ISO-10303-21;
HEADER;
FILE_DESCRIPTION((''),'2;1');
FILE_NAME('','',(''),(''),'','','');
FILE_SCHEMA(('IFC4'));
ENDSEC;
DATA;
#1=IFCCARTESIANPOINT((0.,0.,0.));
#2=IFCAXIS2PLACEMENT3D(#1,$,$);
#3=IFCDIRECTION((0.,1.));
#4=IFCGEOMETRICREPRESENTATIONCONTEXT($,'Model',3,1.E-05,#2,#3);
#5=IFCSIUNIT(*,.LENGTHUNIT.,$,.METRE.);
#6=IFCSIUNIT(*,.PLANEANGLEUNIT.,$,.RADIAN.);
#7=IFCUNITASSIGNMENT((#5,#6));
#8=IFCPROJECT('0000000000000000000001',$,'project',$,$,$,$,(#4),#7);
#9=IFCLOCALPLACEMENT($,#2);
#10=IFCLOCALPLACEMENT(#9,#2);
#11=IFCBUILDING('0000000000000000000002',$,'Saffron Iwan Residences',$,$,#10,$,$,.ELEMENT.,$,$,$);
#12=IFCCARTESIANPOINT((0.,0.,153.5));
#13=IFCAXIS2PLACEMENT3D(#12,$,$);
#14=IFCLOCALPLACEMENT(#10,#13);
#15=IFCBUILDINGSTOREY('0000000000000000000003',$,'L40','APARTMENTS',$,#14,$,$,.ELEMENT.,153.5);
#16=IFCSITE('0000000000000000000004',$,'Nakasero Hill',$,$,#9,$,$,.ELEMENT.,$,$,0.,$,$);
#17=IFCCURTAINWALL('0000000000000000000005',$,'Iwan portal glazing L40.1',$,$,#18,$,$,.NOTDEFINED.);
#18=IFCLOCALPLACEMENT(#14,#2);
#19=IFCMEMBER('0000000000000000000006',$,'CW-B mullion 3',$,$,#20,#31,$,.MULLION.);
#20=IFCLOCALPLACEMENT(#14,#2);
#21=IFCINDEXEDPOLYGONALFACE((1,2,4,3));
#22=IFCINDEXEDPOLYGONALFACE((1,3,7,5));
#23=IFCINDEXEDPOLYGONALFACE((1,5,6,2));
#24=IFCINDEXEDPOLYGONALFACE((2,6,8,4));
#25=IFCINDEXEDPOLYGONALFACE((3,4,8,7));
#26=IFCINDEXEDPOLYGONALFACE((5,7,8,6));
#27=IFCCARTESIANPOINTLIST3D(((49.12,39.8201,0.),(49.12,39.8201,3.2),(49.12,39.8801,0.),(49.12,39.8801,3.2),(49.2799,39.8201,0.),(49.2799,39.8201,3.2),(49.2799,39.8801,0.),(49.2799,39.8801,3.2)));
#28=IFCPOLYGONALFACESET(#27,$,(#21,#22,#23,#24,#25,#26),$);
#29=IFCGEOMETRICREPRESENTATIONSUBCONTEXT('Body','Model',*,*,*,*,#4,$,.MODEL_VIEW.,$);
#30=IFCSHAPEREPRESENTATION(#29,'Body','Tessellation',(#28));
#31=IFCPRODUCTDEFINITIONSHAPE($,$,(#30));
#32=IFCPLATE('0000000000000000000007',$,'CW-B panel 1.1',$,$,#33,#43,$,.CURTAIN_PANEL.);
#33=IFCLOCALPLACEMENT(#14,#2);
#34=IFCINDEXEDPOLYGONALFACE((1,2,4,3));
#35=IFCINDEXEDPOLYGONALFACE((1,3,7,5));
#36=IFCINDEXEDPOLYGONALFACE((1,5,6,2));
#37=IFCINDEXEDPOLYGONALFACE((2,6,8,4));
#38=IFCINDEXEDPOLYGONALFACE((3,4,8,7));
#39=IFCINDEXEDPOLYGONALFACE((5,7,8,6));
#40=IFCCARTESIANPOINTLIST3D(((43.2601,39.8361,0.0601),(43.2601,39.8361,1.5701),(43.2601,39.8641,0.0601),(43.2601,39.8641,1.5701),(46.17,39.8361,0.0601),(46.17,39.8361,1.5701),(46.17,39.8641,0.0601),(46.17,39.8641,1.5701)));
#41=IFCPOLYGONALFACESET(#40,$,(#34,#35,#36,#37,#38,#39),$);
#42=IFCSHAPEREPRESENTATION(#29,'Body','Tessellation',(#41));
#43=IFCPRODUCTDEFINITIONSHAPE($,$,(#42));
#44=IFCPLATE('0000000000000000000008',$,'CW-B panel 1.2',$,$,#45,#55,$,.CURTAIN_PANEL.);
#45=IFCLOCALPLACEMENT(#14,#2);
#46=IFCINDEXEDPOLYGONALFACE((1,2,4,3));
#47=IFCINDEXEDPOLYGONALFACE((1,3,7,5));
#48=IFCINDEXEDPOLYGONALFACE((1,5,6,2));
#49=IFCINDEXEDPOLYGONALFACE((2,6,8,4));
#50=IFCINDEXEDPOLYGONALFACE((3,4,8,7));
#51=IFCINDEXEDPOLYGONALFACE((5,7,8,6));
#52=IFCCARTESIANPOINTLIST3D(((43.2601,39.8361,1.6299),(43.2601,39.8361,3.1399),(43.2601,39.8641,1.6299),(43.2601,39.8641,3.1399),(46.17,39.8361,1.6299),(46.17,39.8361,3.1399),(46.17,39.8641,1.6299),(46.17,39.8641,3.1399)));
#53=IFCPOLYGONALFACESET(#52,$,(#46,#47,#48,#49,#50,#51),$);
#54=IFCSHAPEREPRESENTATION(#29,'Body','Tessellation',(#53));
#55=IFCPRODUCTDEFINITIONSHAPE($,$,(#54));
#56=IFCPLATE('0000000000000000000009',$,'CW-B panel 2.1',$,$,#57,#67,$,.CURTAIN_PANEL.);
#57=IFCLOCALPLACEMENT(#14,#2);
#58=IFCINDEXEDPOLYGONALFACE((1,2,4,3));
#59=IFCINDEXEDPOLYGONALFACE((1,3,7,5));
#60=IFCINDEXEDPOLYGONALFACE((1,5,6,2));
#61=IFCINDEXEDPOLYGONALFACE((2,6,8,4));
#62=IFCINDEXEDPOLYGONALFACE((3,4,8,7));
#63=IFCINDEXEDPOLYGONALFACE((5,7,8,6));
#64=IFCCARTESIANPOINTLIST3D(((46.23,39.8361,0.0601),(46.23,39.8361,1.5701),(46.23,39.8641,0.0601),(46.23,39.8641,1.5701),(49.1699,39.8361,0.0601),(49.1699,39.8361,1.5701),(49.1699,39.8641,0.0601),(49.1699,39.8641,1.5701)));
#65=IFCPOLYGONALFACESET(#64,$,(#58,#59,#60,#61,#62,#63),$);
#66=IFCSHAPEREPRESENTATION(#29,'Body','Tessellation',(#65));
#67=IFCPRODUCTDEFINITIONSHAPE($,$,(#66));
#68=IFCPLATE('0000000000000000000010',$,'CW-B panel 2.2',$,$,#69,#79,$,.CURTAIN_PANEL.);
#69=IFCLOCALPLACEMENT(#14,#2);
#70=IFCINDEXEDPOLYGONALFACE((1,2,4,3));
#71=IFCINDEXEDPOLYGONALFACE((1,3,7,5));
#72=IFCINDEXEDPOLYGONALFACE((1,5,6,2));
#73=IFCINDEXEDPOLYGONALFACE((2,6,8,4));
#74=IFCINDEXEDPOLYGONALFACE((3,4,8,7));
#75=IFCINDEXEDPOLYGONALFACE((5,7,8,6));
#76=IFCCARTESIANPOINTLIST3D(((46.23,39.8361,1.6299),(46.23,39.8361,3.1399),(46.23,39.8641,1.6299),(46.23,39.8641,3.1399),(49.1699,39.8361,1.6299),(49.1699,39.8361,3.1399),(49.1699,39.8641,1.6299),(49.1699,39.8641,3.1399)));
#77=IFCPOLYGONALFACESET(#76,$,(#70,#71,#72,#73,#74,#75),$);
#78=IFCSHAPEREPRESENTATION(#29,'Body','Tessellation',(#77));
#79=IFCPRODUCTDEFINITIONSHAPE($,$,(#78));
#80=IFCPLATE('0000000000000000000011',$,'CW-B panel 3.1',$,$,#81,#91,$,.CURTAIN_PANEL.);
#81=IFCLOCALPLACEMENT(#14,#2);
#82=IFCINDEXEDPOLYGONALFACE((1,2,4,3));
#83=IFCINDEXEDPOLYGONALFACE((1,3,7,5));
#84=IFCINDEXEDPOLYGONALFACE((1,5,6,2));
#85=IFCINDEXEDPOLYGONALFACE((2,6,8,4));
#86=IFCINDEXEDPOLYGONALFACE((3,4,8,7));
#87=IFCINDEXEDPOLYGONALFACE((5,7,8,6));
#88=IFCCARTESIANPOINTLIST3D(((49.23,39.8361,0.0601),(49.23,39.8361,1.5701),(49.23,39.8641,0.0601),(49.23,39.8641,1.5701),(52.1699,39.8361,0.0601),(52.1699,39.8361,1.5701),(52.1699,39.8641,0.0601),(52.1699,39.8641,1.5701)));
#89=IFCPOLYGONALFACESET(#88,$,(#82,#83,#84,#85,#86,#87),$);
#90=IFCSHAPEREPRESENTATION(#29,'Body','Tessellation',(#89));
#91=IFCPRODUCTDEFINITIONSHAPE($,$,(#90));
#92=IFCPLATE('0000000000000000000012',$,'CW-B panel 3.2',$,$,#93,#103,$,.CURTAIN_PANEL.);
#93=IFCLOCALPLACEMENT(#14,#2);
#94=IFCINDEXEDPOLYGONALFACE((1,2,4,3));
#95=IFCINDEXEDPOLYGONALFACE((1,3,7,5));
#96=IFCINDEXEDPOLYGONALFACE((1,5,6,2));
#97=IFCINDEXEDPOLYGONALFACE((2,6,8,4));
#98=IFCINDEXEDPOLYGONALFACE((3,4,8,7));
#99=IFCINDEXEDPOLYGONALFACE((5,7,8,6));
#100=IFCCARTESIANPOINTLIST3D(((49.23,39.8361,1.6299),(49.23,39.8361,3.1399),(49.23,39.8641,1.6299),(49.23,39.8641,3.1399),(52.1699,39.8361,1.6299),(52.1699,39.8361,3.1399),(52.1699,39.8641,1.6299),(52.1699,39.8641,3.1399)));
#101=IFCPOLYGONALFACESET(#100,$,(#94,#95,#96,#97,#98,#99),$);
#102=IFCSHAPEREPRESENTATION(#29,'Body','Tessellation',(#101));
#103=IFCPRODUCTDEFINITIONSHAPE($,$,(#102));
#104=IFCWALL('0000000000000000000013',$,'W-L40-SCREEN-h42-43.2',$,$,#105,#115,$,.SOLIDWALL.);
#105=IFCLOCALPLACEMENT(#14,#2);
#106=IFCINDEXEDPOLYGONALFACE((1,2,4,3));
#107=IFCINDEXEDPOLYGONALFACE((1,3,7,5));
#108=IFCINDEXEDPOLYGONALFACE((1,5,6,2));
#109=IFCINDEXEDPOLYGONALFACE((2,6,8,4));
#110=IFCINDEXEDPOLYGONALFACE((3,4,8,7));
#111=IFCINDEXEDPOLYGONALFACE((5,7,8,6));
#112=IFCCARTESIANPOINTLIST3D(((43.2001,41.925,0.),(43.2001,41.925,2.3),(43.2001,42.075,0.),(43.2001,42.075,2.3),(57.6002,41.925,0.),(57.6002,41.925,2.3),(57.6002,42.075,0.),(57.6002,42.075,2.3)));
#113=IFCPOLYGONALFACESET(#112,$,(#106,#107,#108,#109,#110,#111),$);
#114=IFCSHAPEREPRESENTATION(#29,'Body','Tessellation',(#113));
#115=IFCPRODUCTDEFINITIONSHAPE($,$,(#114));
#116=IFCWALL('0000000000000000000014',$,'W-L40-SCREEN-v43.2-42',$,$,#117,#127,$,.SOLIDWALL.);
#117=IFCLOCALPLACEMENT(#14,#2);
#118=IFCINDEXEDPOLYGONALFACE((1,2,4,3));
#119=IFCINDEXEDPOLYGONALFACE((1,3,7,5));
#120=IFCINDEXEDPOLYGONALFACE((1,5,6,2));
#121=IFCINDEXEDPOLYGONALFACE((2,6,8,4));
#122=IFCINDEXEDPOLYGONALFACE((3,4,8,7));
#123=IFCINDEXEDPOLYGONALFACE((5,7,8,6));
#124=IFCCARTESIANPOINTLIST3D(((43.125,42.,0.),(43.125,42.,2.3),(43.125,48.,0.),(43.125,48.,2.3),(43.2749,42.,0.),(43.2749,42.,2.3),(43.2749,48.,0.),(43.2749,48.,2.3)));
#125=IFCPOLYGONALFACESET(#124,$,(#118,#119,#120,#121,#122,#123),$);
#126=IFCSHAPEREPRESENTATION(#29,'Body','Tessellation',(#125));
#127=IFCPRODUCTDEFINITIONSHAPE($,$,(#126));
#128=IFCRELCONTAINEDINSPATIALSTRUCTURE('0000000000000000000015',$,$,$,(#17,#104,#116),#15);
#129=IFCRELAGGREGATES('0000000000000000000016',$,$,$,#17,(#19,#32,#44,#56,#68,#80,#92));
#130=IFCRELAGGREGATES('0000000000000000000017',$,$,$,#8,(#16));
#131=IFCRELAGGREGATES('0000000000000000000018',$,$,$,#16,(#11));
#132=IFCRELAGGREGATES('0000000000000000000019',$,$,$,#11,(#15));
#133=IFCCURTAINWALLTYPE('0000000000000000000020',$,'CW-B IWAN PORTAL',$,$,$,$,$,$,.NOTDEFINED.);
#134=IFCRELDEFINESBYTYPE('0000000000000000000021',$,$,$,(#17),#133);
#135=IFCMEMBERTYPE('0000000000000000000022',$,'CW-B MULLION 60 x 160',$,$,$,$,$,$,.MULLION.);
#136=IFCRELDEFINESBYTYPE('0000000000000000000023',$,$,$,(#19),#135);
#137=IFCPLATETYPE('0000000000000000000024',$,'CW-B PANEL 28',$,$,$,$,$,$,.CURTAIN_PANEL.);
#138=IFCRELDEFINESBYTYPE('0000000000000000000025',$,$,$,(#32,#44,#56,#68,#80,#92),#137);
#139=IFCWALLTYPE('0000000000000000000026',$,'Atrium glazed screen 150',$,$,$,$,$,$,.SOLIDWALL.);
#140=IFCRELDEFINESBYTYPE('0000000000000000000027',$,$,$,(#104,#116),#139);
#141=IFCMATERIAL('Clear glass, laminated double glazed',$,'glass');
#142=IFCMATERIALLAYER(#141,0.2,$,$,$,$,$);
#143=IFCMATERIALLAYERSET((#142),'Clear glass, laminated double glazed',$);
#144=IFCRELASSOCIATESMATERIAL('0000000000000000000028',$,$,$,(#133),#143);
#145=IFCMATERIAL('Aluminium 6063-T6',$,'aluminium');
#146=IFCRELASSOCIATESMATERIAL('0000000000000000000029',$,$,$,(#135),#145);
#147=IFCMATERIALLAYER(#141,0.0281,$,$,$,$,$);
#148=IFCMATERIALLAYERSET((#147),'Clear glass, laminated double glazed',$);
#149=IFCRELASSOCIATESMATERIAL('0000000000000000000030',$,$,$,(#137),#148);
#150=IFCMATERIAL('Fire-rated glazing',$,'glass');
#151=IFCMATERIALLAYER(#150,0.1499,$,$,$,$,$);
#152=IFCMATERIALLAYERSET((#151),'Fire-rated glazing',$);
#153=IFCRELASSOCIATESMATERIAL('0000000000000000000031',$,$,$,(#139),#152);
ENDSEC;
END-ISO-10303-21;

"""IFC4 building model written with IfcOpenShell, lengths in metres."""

from ifc_helpers import new_model, si_unit, direction, frame, frame_2d, origin, origin_2d, place, context, subcontext, project, spatial, rectangle, extrude, source, transform, mapped, material, layer, layer_set, material_profile, profile_set, type_object, element, aggregate, save


model = new_model("IFC4")

# Units and contexts
model_context = context("Model", 3, precision=1e-05, world=origin(), true_north=direction((0.0, 1.0)))
body_context = subcontext(model_context, "Body", "Model", "MODEL_VIEW")
ifc_project = project(units=[si_unit("LENGTHUNIT", "METRE"), si_unit("PLANEANGLEUNIT", "RADIAN")], contexts=[model_context])

# Site, building, storey
site_placement = place(None, origin())
site = spatial("IfcSite", under=ifc_project, at=site_placement, Name="Nakasero Hill", CompositionType="ELEMENT", RefElevation=0.0)
building_placement = place(site_placement, origin())
building = spatial("IfcBuilding", under=site, at=building_placement, Name="Saffron Iwan Residences", CompositionType="ELEMENT")
storey_placement = place(building_placement, frame((0.0, 0.0, 153.5)))
storey = spatial("IfcBuildingStorey", under=building, at=storey_placement, Name="L40", Description="APARTMENTS", CompositionType="ELEMENT", Elevation=153.5)

# Curtain wall, member, plates
ifc_material_1 = material(Name="Clear glass, laminated double glazed", Category="glass")
ifc_layer_1 = layer(ifc_material_1, 0.2)
ifc_layer_set_1 = layer_set([ifc_layer_1], Name="Clear glass, laminated double glazed")
curtain_wall_type = type_object("IfcCurtainWallType", Name="CW-B IWAN PORTAL", PredefinedType="NOTDEFINED", material=ifc_layer_set_1)
curtain_wall_placement = place(storey_placement, origin())
curtain_wall = element("IfcCurtainWall", 1, at=curtain_wall_placement, inside=storey, type_object=curtain_wall_type, Name="Iwan portal glazing L40.1", PredefinedType="NOTDEFINED")
ifc_material_2 = material(Name="Aluminium 6063-T6", Category="aluminium")
ifc_material_profile_1 = material_profile(ifc_material_2, rectangle(XDim=0.0601, YDim=0.1599, at=origin_2d()), Name="CW-B MULLION 60 x 160")
ifc_profile_set_1 = profile_set([ifc_material_profile_1], Name="Aluminium 6063-T6")
member_type_1 = type_object("IfcMemberType", Name="CW-B MULLION 60 x 160", PredefinedType="MULLION", material=ifc_profile_set_1)
shared_shape_1 = source(origin(), body_context, "Body", "SweptSolid", [
    extrude(rectangle(XDim=0.0601, YDim=0.1599, at=origin_2d()), origin(), (0.0, 0.0, 1.0), 3.2),
])
member_1_placement = place(storey_placement, frame((49.2, 39.8501, 0.0), z_axis=(0.0, 0.0, 1.0), x_axis=(0.0, 1.0, 0.0)))
member_1 = element("IfcMember", 2, at=member_1_placement, type_object=member_type_1, Name="CW-B mullion 3", PredefinedType="MULLION", context=body_context, shape_type="MappedRepresentation", body=[
    mapped(shared_shape_1, transform((0.0, 0.0, 0.0))),
])
ifc_layer_2 = layer(ifc_material_1, 0.0281)
ifc_layer_set_2 = layer_set([ifc_layer_2], Name="Clear glass, laminated double glazed")
plate_type = type_object("IfcPlateType", Name="CW-B PANEL 28", PredefinedType="CURTAIN_PANEL", material=ifc_layer_set_2)
shared_shape_2 = source(origin(), body_context, "Body", "SweptSolid", [
    extrude(rectangle(XDim=2.9099, YDim=0.0281, at=origin_2d()), origin(), (0.0, 0.0, 1.0), 1.51),
])
plate_1_placement = place(storey_placement, frame((44.7151, 39.8501, 0.0601), z_axis=(0.0, 0.0, 1.0), x_axis=(1.0, 0.0, 0.0)))
plate_1 = element("IfcPlate", 3, at=plate_1_placement, type_object=plate_type, Name="CW-B panel 1.1", PredefinedType="CURTAIN_PANEL", context=body_context, shape_type="MappedRepresentation", body=[
    mapped(shared_shape_2, transform((0.0, 0.0, 0.0))),
])
plate_2_placement = place(storey_placement, frame((44.7151, 39.8501, 1.6299), z_axis=(0.0, 0.0, 1.0), x_axis=(1.0, 0.0, 0.0)))
plate_2 = element("IfcPlate", 4, at=plate_2_placement, type_object=plate_type, Name="CW-B panel 1.2", PredefinedType="CURTAIN_PANEL", context=body_context, shape_type="MappedRepresentation", body=[
    mapped(shared_shape_2, transform((0.0, 0.0, 0.0))),
])
shared_shape_3 = source(origin(), body_context, "Body", "SweptSolid", [
    extrude(rectangle(XDim=2.9399, YDim=0.0281, at=origin_2d()), origin(), (0.0, 0.0, 1.0), 1.51),
])
plate_3_placement = place(storey_placement, frame((47.7, 39.8501, 0.0601), z_axis=(0.0, 0.0, 1.0), x_axis=(1.0, 0.0, 0.0)))
plate_3 = element("IfcPlate", 5, at=plate_3_placement, type_object=plate_type, Name="CW-B panel 2.1", PredefinedType="CURTAIN_PANEL", context=body_context, shape_type="MappedRepresentation", body=[
    mapped(shared_shape_3, transform((0.0, 0.0, 0.0))),
])
plate_4_placement = place(storey_placement, frame((47.7, 39.8501, 1.6299), z_axis=(0.0, 0.0, 1.0), x_axis=(1.0, 0.0, 0.0)))
plate_4 = element("IfcPlate", 6, at=plate_4_placement, type_object=plate_type, Name="CW-B panel 2.2", PredefinedType="CURTAIN_PANEL", context=body_context, shape_type="MappedRepresentation", body=[
    mapped(shared_shape_3, transform((0.0, 0.0, 0.0))),
])
plate_5_placement = place(storey_placement, frame((50.7, 39.8501, 0.0601), z_axis=(0.0, 0.0, 1.0), x_axis=(1.0, 0.0, 0.0)))
plate_5 = element("IfcPlate", 7, at=plate_5_placement, type_object=plate_type, Name="CW-B panel 3.1", PredefinedType="CURTAIN_PANEL", context=body_context, shape_type="MappedRepresentation", body=[
    mapped(shared_shape_3, transform((0.0, 0.0, 0.0))),
])
plate_6_placement = place(storey_placement, frame((50.7, 39.8501, 1.6299), z_axis=(0.0, 0.0, 1.0), x_axis=(1.0, 0.0, 0.0)))
plate_6 = element("IfcPlate", 8, at=plate_6_placement, type_object=plate_type, Name="CW-B panel 3.2", PredefinedType="CURTAIN_PANEL", context=body_context, shape_type="MappedRepresentation", body=[
    mapped(shared_shape_3, transform((0.0, 0.0, 0.0))),
])
aggregate(curtain_wall, [member_1, plate_1, plate_2, plate_3, plate_4, plate_5, plate_6])

# Walls
ifc_material_3 = material(Name="Fire-rated glazing", Category="glass")
ifc_layer_3 = layer(ifc_material_3, 0.1499)
ifc_layer_set_3 = layer_set([ifc_layer_3], Name="Fire-rated glazing")
wall_type = type_object("IfcWallType", Name="Atrium glazed screen 150", PredefinedType="SOLIDWALL", material=ifc_layer_set_3)
wall_1_placement = place(storey_placement, frame((43.2, 42.0, 0.0), z_axis=(0.0, 0.0, 1.0), x_axis=(1.0, 0.0, 0.0)))
element("IfcWall", 9, at=wall_1_placement, inside=storey, type_object=wall_type, Name="W-L40-SCREEN-h42-43.2", PredefinedType="SOLIDWALL", context=body_context, shape_type="SweptSolid", body=[
    extrude(rectangle(XDim=14.4001, YDim=0.1499, at=frame_2d((7.2002, 0.0))), origin(), (0.0, 0.0, 1.0), 2.3),
])
wall_2_placement = place(storey_placement, frame((43.2, 42.0, 0.0), z_axis=(0.0, 0.0, 1.0), x_axis=(0.0, 1.0, 0.0)))
element("IfcWall", 10, at=wall_2_placement, inside=storey, type_object=wall_type, Name="W-L40-SCREEN-v43.2-42", PredefinedType="SOLIDWALL", context=body_context, shape_type="SweptSolid", body=[
    extrude(rectangle(XDim=6.0, YDim=0.1499, at=frame_2d((3.0, 0.0))), origin(), (0.0, 0.0, 1.0), 2.3),
])

save(model, "model.ifc")
